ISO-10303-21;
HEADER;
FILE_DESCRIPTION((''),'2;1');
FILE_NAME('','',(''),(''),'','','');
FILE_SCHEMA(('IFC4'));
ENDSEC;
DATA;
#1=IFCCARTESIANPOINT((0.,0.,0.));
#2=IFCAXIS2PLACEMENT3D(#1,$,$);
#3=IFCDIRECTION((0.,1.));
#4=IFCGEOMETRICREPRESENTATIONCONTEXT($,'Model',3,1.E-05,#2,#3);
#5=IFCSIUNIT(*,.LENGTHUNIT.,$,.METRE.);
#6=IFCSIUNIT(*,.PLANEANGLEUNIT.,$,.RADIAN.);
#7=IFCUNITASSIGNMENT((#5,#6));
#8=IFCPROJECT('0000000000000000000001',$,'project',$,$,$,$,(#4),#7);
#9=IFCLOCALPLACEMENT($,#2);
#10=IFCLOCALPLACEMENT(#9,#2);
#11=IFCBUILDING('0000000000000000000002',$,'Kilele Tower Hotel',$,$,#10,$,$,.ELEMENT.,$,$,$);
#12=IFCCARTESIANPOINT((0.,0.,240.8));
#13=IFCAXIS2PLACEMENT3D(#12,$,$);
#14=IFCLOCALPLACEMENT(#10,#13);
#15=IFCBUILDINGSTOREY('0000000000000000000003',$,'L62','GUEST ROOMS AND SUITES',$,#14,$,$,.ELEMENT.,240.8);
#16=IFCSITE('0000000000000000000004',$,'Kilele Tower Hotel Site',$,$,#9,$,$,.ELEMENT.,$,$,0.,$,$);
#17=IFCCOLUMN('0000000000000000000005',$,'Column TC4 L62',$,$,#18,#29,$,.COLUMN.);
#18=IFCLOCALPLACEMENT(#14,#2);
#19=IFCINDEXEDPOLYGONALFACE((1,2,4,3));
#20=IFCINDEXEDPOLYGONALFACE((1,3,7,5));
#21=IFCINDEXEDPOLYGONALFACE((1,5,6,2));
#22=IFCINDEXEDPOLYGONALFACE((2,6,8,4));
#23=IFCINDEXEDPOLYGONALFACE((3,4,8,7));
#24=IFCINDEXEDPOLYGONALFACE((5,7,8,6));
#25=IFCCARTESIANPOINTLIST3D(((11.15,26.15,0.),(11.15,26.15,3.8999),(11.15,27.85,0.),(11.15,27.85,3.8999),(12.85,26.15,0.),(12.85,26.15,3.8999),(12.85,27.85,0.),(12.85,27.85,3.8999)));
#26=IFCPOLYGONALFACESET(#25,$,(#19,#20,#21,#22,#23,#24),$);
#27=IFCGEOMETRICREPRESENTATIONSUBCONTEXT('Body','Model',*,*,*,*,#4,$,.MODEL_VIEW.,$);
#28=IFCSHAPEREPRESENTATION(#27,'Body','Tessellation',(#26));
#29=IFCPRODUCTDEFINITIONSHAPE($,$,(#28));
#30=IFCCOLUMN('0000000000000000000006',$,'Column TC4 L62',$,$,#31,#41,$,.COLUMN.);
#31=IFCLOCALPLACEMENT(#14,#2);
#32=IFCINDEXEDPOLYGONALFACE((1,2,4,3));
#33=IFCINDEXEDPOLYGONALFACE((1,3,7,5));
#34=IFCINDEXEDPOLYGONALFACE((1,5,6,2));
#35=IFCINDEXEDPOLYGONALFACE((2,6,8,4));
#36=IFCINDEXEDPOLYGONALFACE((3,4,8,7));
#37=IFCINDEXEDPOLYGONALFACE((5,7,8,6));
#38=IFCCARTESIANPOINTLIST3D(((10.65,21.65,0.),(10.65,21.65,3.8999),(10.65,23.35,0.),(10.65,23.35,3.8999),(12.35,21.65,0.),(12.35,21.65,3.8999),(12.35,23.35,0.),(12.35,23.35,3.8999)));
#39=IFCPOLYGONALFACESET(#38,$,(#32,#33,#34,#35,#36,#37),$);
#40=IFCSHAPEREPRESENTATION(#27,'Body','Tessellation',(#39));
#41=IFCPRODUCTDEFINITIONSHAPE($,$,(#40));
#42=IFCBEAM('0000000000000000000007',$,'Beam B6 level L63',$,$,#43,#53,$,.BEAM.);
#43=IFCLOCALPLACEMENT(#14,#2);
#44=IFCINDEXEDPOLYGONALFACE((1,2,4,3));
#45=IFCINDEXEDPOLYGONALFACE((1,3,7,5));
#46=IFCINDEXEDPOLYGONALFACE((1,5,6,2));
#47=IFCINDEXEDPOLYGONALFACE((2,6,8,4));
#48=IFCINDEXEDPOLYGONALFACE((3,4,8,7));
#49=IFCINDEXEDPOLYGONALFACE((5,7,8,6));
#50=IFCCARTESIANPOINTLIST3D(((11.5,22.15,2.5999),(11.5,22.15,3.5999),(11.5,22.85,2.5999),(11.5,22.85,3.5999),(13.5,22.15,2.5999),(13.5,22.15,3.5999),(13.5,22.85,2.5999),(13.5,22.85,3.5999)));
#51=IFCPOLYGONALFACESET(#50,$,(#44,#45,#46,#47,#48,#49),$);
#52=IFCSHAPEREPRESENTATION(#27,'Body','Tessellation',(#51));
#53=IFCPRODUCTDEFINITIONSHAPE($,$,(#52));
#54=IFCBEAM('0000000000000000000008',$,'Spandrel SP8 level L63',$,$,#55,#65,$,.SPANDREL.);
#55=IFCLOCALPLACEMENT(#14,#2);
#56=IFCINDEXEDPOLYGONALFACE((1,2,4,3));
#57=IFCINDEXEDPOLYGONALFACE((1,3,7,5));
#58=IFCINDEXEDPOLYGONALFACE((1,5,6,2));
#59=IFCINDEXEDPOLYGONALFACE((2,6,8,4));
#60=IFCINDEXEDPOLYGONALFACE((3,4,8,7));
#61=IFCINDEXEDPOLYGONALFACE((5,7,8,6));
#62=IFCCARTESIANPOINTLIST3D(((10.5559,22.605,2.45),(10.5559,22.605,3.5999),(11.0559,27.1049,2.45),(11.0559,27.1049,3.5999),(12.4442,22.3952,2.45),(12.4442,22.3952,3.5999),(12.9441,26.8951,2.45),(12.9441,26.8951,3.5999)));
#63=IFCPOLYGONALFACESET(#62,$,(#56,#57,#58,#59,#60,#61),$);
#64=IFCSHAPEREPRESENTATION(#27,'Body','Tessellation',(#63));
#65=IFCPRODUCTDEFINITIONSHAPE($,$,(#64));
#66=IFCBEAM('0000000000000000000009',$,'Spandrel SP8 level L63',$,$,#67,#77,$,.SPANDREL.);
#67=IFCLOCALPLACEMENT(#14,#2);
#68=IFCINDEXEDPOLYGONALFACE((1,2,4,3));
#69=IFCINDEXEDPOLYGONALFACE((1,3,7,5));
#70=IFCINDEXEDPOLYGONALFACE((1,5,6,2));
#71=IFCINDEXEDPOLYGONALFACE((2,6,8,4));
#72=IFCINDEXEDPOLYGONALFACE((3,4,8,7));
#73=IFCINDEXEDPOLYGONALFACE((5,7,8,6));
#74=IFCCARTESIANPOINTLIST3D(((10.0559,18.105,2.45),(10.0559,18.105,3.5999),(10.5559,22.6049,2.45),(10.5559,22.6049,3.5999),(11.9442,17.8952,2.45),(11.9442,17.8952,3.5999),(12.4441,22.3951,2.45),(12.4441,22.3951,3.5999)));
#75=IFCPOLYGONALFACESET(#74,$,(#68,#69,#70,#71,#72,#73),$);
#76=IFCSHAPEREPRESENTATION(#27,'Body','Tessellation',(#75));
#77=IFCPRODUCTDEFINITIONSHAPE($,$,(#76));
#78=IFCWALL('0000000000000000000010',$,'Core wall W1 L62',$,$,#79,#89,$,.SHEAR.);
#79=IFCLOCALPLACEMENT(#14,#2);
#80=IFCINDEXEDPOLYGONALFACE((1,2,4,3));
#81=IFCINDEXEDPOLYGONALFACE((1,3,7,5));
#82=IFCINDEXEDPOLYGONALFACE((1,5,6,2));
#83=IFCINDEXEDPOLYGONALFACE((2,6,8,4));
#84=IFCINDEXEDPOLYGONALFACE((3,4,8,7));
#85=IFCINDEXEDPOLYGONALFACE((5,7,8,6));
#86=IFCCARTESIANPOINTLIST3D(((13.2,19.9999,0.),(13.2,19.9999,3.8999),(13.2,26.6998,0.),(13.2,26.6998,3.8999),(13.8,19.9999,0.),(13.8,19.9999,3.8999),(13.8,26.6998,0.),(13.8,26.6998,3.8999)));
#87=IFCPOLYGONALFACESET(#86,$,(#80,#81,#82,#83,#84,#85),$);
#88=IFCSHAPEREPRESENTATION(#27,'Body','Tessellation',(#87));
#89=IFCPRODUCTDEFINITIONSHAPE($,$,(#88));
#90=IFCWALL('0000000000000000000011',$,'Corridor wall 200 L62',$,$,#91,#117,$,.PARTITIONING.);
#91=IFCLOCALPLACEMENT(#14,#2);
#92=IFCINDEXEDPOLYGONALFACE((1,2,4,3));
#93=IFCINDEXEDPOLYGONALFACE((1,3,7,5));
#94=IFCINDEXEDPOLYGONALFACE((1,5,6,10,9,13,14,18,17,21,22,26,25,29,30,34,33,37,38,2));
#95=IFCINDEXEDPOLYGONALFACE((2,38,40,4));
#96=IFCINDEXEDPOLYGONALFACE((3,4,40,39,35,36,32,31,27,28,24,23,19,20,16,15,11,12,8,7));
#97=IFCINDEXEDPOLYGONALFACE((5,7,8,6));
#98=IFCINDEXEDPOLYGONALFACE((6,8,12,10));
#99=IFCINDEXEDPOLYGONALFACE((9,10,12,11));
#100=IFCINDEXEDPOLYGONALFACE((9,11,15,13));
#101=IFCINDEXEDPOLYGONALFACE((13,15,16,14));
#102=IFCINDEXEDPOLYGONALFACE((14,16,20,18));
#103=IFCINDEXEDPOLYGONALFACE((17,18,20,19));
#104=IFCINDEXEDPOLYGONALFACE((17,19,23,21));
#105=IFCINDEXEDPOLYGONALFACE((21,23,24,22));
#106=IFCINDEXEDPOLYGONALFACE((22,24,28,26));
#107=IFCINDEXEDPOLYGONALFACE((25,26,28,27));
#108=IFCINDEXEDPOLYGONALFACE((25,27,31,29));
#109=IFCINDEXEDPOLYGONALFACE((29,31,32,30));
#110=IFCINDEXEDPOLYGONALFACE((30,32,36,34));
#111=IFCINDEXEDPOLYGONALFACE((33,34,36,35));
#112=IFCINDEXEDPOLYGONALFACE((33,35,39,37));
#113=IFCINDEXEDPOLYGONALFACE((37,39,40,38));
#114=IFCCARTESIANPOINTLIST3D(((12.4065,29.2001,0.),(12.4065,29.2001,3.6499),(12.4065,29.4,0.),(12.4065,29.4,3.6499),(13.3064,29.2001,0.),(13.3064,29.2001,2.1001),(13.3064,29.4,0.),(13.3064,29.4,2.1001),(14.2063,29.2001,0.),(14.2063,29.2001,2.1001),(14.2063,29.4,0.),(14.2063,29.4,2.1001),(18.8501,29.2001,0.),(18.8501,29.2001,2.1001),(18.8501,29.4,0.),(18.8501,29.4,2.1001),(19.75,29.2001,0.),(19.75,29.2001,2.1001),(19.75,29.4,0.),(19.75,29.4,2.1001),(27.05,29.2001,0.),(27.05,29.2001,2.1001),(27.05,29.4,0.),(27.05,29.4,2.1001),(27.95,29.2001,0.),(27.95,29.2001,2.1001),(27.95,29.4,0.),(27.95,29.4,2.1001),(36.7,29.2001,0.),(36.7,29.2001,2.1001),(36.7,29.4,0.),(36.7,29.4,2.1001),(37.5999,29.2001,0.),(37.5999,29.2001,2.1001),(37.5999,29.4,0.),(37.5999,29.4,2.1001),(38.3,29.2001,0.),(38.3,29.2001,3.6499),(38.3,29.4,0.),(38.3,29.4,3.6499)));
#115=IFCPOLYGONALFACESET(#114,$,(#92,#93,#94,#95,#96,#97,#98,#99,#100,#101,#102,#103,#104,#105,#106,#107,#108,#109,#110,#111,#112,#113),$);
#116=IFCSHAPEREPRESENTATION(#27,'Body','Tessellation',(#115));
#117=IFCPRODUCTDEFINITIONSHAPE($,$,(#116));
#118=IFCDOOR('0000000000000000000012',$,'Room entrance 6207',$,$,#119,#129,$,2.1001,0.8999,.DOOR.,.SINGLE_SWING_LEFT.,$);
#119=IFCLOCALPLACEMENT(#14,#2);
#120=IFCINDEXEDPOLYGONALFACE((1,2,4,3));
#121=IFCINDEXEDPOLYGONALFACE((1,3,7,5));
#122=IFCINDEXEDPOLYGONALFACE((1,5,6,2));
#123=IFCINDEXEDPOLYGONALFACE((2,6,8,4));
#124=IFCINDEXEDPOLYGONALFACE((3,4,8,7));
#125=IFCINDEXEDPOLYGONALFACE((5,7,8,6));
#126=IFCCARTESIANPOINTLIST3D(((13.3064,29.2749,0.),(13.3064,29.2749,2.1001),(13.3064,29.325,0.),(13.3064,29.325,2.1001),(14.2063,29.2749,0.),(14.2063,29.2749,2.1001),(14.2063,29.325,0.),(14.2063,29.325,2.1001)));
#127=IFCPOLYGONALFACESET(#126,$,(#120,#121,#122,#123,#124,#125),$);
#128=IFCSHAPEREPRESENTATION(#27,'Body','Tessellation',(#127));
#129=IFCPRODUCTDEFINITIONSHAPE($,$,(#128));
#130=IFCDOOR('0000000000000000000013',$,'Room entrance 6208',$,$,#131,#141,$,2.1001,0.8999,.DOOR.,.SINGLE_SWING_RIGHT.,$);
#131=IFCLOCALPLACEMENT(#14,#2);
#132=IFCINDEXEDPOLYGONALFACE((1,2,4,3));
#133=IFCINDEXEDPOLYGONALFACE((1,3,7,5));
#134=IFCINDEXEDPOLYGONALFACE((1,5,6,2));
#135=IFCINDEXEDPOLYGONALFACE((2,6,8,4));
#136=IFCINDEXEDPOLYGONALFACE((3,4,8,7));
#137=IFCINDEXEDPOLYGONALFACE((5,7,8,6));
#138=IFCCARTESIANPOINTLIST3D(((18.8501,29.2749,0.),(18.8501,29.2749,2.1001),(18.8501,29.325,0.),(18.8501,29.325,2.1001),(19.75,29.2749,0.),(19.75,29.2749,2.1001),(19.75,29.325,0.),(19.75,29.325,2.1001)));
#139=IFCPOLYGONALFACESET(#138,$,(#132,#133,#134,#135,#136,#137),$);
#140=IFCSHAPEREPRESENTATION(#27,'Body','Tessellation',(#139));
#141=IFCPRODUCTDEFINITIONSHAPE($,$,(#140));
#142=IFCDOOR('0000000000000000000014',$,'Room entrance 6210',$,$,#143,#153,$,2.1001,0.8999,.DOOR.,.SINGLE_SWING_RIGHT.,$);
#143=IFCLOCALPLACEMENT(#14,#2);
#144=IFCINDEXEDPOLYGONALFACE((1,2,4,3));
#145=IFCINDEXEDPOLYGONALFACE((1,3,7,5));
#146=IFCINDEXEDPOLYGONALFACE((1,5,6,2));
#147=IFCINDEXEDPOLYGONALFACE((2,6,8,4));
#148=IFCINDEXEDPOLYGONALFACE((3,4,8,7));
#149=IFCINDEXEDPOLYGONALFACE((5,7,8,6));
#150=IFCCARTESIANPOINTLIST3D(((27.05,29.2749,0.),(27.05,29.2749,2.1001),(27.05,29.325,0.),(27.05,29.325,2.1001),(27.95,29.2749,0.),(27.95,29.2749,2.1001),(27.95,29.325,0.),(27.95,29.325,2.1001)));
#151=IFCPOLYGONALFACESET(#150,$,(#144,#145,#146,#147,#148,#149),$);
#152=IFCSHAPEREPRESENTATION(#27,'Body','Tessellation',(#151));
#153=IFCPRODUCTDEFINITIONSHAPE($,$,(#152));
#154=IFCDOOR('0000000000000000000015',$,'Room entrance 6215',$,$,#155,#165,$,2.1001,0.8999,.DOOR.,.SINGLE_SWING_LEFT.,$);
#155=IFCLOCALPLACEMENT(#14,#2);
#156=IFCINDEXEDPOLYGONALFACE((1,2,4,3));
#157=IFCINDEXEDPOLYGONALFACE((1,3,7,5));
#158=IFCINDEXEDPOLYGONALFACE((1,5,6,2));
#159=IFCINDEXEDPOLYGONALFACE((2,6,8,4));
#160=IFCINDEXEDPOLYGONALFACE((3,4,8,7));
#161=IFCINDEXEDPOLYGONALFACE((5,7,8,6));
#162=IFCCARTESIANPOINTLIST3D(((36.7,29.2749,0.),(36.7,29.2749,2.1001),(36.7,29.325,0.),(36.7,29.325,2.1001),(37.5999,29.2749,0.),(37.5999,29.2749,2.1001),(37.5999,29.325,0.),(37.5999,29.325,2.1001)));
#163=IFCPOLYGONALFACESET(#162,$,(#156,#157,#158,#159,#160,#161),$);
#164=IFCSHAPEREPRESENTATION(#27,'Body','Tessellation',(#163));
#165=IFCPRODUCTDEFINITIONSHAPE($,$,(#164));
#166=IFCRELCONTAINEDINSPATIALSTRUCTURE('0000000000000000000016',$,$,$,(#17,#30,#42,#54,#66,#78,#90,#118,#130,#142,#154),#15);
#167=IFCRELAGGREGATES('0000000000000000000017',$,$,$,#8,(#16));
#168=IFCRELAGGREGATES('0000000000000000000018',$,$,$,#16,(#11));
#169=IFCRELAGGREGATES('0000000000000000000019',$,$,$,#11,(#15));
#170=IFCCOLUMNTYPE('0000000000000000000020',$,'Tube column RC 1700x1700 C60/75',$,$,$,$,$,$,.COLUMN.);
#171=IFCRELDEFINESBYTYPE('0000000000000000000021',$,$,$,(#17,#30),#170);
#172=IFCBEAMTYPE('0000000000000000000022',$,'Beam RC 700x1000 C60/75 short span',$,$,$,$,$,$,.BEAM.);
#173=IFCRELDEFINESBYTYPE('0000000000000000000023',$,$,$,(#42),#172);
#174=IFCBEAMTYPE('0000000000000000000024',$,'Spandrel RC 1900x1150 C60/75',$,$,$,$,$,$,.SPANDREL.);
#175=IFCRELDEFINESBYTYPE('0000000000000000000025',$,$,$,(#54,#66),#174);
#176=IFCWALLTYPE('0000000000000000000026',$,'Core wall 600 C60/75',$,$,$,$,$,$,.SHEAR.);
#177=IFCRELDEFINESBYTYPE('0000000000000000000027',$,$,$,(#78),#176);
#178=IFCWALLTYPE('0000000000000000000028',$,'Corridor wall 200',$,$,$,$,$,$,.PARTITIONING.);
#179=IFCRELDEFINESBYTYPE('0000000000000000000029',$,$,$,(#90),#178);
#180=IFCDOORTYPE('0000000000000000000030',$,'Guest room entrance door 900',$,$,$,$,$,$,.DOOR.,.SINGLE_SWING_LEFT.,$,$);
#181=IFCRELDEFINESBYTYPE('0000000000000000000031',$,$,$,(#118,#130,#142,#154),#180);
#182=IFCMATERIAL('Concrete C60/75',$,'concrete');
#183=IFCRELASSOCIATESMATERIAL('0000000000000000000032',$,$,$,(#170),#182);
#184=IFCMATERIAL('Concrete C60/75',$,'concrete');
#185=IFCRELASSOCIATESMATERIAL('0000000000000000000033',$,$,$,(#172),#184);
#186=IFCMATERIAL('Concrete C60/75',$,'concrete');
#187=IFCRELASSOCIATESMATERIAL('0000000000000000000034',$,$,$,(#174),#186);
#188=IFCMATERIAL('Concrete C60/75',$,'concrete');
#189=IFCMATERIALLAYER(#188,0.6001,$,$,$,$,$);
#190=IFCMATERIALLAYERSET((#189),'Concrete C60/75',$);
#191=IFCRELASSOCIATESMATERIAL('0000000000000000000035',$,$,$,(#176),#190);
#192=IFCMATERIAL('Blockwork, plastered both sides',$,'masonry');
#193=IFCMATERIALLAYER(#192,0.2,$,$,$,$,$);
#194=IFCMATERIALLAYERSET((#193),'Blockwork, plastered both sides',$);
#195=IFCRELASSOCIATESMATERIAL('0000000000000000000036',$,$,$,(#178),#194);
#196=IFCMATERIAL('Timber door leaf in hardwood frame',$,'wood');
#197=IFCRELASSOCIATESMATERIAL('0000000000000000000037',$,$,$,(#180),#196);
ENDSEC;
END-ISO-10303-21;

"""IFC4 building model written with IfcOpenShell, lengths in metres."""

from ifc_helpers import new_model, si_unit, direction, frame, frame_2d, origin, origin_2d, place, context, subcontext, project, spatial, rectangle, extrude, material, layer, layer_set, material_profile, profile_set, type_object, element, fill, save


model = new_model("IFC4")

# Units and contexts
model_context = context("Model", 3, precision=1e-05, world=origin(), true_north=direction((0.0, 1.0)))
body_context = subcontext(model_context, "Body", "Model", "MODEL_VIEW")
ifc_project = project(units=[si_unit("LENGTHUNIT", "METRE"), si_unit("PLANEANGLEUNIT", "RADIAN")], contexts=[model_context])

# Site, building, storey
site_placement = place(None, origin())
site = spatial("IfcSite", under=ifc_project, at=site_placement, Name="Kilele Tower Hotel Site", CompositionType="ELEMENT", RefElevation=0.0)
building_placement = place(site_placement, origin())
building = spatial("IfcBuilding", under=site, at=building_placement, Name="Kilele Tower Hotel", CompositionType="ELEMENT")
storey_placement = place(building_placement, frame((0.0, 0.0, 240.8)))
storey = spatial("IfcBuildingStorey", under=building, at=storey_placement, Name="L62", Description="GUEST ROOMS AND SUITES", CompositionType="ELEMENT", Elevation=240.8)

# Columns
ifc_material_1 = material(Name="Concrete C60/75", Category="concrete")
ifc_material_profile_1 = material_profile(ifc_material_1, rectangle(XDim=1.7, YDim=1.7, at=origin_2d()))
ifc_profile_set_1 = profile_set([ifc_material_profile_1], Name="Concrete C60/75")
column_type = type_object("IfcColumnType", Name="Tube column RC 1700x1700 C60/75", PredefinedType="COLUMN", material=ifc_profile_set_1)
for number, where, z_axis, x_axis, name in (
    (1, (12.0, 27.0, 0.0), (0.0, 0.0, 1.0), (1.0, 0.0, 0.0), "Column TC4 L62"),
    (2, (11.5, 22.5, 0.0), (0.0, 0.0, 1.0), (1.0, 0.0, 0.0), "Column TC4 L62"),
):
    element("IfcColumn", number, at=place(storey_placement, frame(where, z_axis=z_axis, x_axis=x_axis)), inside=storey, type_object=column_type, Name=name, PredefinedType="COLUMN", context=body_context, shape_type="SweptSolid", body=[
        extrude(rectangle(XDim=1.7, YDim=1.7, at=origin_2d()), origin(), (0.0, 0.0, 1.0), 3.8999),
    ])

# Beams
ifc_material_2 = material(Name="Concrete C60/75", Category="concrete")
ifc_material_profile_2 = material_profile(ifc_material_2, rectangle(XDim=0.7, YDim=1.0, at=origin_2d()))
ifc_profile_set_2 = profile_set([ifc_material_profile_2], Name="Concrete C60/75")
beam_type_1 = type_object("IfcBeamType", Name="Beam RC 700x1000 C60/75 short span", PredefinedType="BEAM", material=ifc_profile_set_2)
beam_placement = place(storey_placement, frame((11.5, 22.5, 3.0999), z_axis=(1.0, 0.0, 0.0), x_axis=(0.0, 1.0, 0.0)))
element("IfcBeam", 3, at=beam_placement, inside=storey, type_object=beam_type_1, Name="Beam B6 level L63", PredefinedType="BEAM", context=body_context, shape_type="SweptSolid", body=[
    extrude(rectangle(XDim=0.7, YDim=1.0, at=origin_2d()), origin(), (0.0, 0.0, 1.0), 2.0),
])
ifc_material_3 = material(Name="Concrete C60/75", Category="concrete")
ifc_material_profile_3 = material_profile(ifc_material_3, rectangle(XDim=1.8999, YDim=1.1499, at=origin_2d()))
ifc_profile_set_3 = profile_set([ifc_material_profile_3], Name="Concrete C60/75")
beam_type_2 = type_object("IfcBeamType", Name="Spandrel RC 1900x1150 C60/75", PredefinedType="SPANDREL", material=ifc_profile_set_3)
for number, where, z_axis, x_axis, name in (
    (4, (12.0, 27.0, 3.0249), (-0.110432, -0.993884, 0.0), (0.993884, -0.110432, 0.0), "Spandrel SP8 level L63"),
    (5, (11.5, 22.5, 3.0249), (-0.110432, -0.993884, 0.0), (0.993884, -0.110432, 0.0), "Spandrel SP8 level L63"),
):
    element("IfcBeam", number, at=place(storey_placement, frame(where, z_axis=z_axis, x_axis=x_axis)), inside=storey, type_object=beam_type_2, Name=name, PredefinedType="SPANDREL", context=body_context, shape_type="SweptSolid", body=[
        extrude(rectangle(XDim=1.8999, YDim=1.1499, at=origin_2d()), origin(), (0.0, 0.0, 1.0), 4.5276),
    ])

# Wall
ifc_material_4 = material(Name="Concrete C60/75", Category="concrete")
ifc_layer_1 = layer(ifc_material_4, 0.6001)
ifc_layer_set_1 = layer_set([ifc_layer_1], Name="Concrete C60/75")
wall_type_1 = type_object("IfcWallType", Name="Core wall 600 C60/75", PredefinedType="SHEAR", material=ifc_layer_set_1)
wall_1_placement = place(storey_placement, frame((13.5, 26.7, 0.0), z_axis=(0.0, 0.0, 1.0), x_axis=(0.0, -1.0, 0.0)))
element("IfcWall", 6, at=wall_1_placement, inside=storey, type_object=wall_type_1, Name="Core wall W1 L62", PredefinedType="SHEAR", context=body_context, shape_type="SweptSolid", body=[
    extrude(rectangle(XDim=6.7, YDim=0.6001, at=frame_2d((3.3501, 0.0))), origin(), (0.0, 0.0, 1.0), 3.8999),
])

# Wall, openings, doors
ifc_material_5 = material(Name="Blockwork, plastered both sides", Category="masonry")
ifc_layer_2 = layer(ifc_material_5, 0.2)
ifc_layer_set_2 = layer_set([ifc_layer_2], Name="Blockwork, plastered both sides")
wall_type_2 = type_object("IfcWallType", Name="Corridor wall 200", PredefinedType="PARTITIONING", material=ifc_layer_set_2)
wall_2_placement = place(storey_placement, frame((12.4065, 29.3, 0.0), z_axis=(0.0, 0.0, 1.0), x_axis=(1.0, 0.0, 0.0)))
wall_2 = element("IfcWall", 7, at=wall_2_placement, inside=storey, type_object=wall_type_2, Name="Corridor wall 200 L62", PredefinedType="PARTITIONING", context=body_context, shape_type="SweptSolid", body=[
    extrude(rectangle(XDim=25.8936, YDim=0.2, at=frame_2d((12.9468, 0.0))), origin(), (0.0, 0.0, 1.0), 3.6499),
])
opening_1_placement = place(wall_2_placement, frame((0.8999, 0.0, 0.0)))
opening_1 = element("IfcOpeningElement", 8, at=opening_1_placement, cuts=wall_2, PredefinedType="OPENING", context=body_context, shape_type="SweptSolid", body=[
    extrude(rectangle(XDim=0.8999, YDim=2.1001, at=frame_2d((0.45, 1.05))), frame((0.0, 0.1099, 0.0), z_axis=(0.0, -1.0, 0.0), x_axis=(1.0, 0.0, 0.0)), (0.0, 0.0, 1.0), 0.22),
])
opening_2_placement = place(wall_2_placement, frame((6.4436, 0.0, 0.0)))
opening_2 = element("IfcOpeningElement", 9, at=opening_2_placement, cuts=wall_2, PredefinedType="OPENING", context=body_context, shape_type="SweptSolid", body=[
    extrude(rectangle(XDim=0.8999, YDim=2.1001, at=frame_2d((0.45, 1.05))), frame((0.0, 0.1099, 0.0), z_axis=(0.0, -1.0, 0.0), x_axis=(1.0, 0.0, 0.0)), (0.0, 0.0, 1.0), 0.22),
])
opening_3_placement = place(wall_2_placement, frame((14.6436, 0.0, 0.0)))
opening_3 = element("IfcOpeningElement", 10, at=opening_3_placement, cuts=wall_2, PredefinedType="OPENING", context=body_context, shape_type="SweptSolid", body=[
    extrude(rectangle(XDim=0.8999, YDim=2.1001, at=frame_2d((0.45, 1.05))), frame((0.0, 0.1099, 0.0), z_axis=(0.0, -1.0, 0.0), x_axis=(1.0, 0.0, 0.0)), (0.0, 0.0, 1.0), 0.22),
])
opening_4_placement = place(wall_2_placement, frame((24.2935, 0.0, 0.0)))
opening_4 = element("IfcOpeningElement", 11, at=opening_4_placement, cuts=wall_2, PredefinedType="OPENING", context=body_context, shape_type="SweptSolid", body=[
    extrude(rectangle(XDim=0.8999, YDim=2.1001, at=frame_2d((0.45, 1.05))), frame((0.0, 0.1099, 0.0), z_axis=(0.0, -1.0, 0.0), x_axis=(1.0, 0.0, 0.0)), (0.0, 0.0, 1.0), 0.22),
])
ifc_material_6 = material(Name="Timber door leaf in hardwood frame", Category="wood")
door_type_1 = type_object("IfcDoorType", Name="Guest room entrance door 900", OperationType="SINGLE_SWING_LEFT", PredefinedType="DOOR", material=ifc_material_6)
door_1_placement = place(opening_1_placement, origin())
door_1 = element("IfcDoor", 12, at=door_1_placement, inside=storey, type_object=door_type_1, Name="Room entrance 6207", OperationType="SINGLE_SWING_LEFT", OverallHeight=2.1001, OverallWidth=0.8999, PredefinedType="DOOR", context=body_context, shape_type="SweptSolid", body=[
    extrude(rectangle(XDim=0.8999, YDim=2.1001, at=frame_2d((0.45, 1.05))), frame((0.0, 0.0249, 0.0), z_axis=(0.0, -1.0, 0.0), x_axis=(1.0, 0.0, 0.0)), (0.0, 0.0, 1.0), 0.05),
])
fill(opening_1, door_1)
door_2_placement = place(opening_2_placement, origin())
door_2 = element("IfcDoor", 13, at=door_2_placement, inside=storey, type_object=door_type_1, Name="Room entrance 6208", OperationType="SINGLE_SWING_RIGHT", OverallHeight=2.1001, OverallWidth=0.8999, PredefinedType="DOOR", context=body_context, shape_type="SweptSolid", body=[
    extrude(rectangle(XDim=0.8999, YDim=2.1001, at=frame_2d((0.45, 1.05))), frame((0.0, 0.0249, 0.0), z_axis=(0.0, -1.0, 0.0), x_axis=(1.0, 0.0, 0.0)), (0.0, 0.0, 1.0), 0.05),
])
fill(opening_2, door_2)
door_3_placement = place(opening_3_placement, origin())
door_3 = element("IfcDoor", 14, at=door_3_placement, inside=storey, type_object=door_type_1, Name="Room entrance 6210", OperationType="SINGLE_SWING_RIGHT", OverallHeight=2.1001, OverallWidth=0.8999, PredefinedType="DOOR", context=body_context, shape_type="SweptSolid", body=[
    extrude(rectangle(XDim=0.8999, YDim=2.1001, at=frame_2d((0.45, 1.05))), frame((0.0, 0.0249, 0.0), z_axis=(0.0, -1.0, 0.0), x_axis=(1.0, 0.0, 0.0)), (0.0, 0.0, 1.0), 0.05),
])
fill(opening_3, door_3)
door_4_placement = place(opening_4_placement, origin())
door_4 = element("IfcDoor", 15, at=door_4_placement, inside=storey, type_object=door_type_1, Name="Room entrance 6215", OperationType="SINGLE_SWING_LEFT", OverallHeight=2.1001, OverallWidth=0.8999, PredefinedType="DOOR", context=body_context, shape_type="SweptSolid", body=[
    extrude(rectangle(XDim=0.8999, YDim=2.1001, at=frame_2d((0.45, 1.05))), frame((0.0, 0.0249, 0.0), z_axis=(0.0, -1.0, 0.0), x_axis=(1.0, 0.0, 0.0)), (0.0, 0.0, 1.0), 0.05),
])
fill(opening_4, door_4)

save(model, "model.ifc")
